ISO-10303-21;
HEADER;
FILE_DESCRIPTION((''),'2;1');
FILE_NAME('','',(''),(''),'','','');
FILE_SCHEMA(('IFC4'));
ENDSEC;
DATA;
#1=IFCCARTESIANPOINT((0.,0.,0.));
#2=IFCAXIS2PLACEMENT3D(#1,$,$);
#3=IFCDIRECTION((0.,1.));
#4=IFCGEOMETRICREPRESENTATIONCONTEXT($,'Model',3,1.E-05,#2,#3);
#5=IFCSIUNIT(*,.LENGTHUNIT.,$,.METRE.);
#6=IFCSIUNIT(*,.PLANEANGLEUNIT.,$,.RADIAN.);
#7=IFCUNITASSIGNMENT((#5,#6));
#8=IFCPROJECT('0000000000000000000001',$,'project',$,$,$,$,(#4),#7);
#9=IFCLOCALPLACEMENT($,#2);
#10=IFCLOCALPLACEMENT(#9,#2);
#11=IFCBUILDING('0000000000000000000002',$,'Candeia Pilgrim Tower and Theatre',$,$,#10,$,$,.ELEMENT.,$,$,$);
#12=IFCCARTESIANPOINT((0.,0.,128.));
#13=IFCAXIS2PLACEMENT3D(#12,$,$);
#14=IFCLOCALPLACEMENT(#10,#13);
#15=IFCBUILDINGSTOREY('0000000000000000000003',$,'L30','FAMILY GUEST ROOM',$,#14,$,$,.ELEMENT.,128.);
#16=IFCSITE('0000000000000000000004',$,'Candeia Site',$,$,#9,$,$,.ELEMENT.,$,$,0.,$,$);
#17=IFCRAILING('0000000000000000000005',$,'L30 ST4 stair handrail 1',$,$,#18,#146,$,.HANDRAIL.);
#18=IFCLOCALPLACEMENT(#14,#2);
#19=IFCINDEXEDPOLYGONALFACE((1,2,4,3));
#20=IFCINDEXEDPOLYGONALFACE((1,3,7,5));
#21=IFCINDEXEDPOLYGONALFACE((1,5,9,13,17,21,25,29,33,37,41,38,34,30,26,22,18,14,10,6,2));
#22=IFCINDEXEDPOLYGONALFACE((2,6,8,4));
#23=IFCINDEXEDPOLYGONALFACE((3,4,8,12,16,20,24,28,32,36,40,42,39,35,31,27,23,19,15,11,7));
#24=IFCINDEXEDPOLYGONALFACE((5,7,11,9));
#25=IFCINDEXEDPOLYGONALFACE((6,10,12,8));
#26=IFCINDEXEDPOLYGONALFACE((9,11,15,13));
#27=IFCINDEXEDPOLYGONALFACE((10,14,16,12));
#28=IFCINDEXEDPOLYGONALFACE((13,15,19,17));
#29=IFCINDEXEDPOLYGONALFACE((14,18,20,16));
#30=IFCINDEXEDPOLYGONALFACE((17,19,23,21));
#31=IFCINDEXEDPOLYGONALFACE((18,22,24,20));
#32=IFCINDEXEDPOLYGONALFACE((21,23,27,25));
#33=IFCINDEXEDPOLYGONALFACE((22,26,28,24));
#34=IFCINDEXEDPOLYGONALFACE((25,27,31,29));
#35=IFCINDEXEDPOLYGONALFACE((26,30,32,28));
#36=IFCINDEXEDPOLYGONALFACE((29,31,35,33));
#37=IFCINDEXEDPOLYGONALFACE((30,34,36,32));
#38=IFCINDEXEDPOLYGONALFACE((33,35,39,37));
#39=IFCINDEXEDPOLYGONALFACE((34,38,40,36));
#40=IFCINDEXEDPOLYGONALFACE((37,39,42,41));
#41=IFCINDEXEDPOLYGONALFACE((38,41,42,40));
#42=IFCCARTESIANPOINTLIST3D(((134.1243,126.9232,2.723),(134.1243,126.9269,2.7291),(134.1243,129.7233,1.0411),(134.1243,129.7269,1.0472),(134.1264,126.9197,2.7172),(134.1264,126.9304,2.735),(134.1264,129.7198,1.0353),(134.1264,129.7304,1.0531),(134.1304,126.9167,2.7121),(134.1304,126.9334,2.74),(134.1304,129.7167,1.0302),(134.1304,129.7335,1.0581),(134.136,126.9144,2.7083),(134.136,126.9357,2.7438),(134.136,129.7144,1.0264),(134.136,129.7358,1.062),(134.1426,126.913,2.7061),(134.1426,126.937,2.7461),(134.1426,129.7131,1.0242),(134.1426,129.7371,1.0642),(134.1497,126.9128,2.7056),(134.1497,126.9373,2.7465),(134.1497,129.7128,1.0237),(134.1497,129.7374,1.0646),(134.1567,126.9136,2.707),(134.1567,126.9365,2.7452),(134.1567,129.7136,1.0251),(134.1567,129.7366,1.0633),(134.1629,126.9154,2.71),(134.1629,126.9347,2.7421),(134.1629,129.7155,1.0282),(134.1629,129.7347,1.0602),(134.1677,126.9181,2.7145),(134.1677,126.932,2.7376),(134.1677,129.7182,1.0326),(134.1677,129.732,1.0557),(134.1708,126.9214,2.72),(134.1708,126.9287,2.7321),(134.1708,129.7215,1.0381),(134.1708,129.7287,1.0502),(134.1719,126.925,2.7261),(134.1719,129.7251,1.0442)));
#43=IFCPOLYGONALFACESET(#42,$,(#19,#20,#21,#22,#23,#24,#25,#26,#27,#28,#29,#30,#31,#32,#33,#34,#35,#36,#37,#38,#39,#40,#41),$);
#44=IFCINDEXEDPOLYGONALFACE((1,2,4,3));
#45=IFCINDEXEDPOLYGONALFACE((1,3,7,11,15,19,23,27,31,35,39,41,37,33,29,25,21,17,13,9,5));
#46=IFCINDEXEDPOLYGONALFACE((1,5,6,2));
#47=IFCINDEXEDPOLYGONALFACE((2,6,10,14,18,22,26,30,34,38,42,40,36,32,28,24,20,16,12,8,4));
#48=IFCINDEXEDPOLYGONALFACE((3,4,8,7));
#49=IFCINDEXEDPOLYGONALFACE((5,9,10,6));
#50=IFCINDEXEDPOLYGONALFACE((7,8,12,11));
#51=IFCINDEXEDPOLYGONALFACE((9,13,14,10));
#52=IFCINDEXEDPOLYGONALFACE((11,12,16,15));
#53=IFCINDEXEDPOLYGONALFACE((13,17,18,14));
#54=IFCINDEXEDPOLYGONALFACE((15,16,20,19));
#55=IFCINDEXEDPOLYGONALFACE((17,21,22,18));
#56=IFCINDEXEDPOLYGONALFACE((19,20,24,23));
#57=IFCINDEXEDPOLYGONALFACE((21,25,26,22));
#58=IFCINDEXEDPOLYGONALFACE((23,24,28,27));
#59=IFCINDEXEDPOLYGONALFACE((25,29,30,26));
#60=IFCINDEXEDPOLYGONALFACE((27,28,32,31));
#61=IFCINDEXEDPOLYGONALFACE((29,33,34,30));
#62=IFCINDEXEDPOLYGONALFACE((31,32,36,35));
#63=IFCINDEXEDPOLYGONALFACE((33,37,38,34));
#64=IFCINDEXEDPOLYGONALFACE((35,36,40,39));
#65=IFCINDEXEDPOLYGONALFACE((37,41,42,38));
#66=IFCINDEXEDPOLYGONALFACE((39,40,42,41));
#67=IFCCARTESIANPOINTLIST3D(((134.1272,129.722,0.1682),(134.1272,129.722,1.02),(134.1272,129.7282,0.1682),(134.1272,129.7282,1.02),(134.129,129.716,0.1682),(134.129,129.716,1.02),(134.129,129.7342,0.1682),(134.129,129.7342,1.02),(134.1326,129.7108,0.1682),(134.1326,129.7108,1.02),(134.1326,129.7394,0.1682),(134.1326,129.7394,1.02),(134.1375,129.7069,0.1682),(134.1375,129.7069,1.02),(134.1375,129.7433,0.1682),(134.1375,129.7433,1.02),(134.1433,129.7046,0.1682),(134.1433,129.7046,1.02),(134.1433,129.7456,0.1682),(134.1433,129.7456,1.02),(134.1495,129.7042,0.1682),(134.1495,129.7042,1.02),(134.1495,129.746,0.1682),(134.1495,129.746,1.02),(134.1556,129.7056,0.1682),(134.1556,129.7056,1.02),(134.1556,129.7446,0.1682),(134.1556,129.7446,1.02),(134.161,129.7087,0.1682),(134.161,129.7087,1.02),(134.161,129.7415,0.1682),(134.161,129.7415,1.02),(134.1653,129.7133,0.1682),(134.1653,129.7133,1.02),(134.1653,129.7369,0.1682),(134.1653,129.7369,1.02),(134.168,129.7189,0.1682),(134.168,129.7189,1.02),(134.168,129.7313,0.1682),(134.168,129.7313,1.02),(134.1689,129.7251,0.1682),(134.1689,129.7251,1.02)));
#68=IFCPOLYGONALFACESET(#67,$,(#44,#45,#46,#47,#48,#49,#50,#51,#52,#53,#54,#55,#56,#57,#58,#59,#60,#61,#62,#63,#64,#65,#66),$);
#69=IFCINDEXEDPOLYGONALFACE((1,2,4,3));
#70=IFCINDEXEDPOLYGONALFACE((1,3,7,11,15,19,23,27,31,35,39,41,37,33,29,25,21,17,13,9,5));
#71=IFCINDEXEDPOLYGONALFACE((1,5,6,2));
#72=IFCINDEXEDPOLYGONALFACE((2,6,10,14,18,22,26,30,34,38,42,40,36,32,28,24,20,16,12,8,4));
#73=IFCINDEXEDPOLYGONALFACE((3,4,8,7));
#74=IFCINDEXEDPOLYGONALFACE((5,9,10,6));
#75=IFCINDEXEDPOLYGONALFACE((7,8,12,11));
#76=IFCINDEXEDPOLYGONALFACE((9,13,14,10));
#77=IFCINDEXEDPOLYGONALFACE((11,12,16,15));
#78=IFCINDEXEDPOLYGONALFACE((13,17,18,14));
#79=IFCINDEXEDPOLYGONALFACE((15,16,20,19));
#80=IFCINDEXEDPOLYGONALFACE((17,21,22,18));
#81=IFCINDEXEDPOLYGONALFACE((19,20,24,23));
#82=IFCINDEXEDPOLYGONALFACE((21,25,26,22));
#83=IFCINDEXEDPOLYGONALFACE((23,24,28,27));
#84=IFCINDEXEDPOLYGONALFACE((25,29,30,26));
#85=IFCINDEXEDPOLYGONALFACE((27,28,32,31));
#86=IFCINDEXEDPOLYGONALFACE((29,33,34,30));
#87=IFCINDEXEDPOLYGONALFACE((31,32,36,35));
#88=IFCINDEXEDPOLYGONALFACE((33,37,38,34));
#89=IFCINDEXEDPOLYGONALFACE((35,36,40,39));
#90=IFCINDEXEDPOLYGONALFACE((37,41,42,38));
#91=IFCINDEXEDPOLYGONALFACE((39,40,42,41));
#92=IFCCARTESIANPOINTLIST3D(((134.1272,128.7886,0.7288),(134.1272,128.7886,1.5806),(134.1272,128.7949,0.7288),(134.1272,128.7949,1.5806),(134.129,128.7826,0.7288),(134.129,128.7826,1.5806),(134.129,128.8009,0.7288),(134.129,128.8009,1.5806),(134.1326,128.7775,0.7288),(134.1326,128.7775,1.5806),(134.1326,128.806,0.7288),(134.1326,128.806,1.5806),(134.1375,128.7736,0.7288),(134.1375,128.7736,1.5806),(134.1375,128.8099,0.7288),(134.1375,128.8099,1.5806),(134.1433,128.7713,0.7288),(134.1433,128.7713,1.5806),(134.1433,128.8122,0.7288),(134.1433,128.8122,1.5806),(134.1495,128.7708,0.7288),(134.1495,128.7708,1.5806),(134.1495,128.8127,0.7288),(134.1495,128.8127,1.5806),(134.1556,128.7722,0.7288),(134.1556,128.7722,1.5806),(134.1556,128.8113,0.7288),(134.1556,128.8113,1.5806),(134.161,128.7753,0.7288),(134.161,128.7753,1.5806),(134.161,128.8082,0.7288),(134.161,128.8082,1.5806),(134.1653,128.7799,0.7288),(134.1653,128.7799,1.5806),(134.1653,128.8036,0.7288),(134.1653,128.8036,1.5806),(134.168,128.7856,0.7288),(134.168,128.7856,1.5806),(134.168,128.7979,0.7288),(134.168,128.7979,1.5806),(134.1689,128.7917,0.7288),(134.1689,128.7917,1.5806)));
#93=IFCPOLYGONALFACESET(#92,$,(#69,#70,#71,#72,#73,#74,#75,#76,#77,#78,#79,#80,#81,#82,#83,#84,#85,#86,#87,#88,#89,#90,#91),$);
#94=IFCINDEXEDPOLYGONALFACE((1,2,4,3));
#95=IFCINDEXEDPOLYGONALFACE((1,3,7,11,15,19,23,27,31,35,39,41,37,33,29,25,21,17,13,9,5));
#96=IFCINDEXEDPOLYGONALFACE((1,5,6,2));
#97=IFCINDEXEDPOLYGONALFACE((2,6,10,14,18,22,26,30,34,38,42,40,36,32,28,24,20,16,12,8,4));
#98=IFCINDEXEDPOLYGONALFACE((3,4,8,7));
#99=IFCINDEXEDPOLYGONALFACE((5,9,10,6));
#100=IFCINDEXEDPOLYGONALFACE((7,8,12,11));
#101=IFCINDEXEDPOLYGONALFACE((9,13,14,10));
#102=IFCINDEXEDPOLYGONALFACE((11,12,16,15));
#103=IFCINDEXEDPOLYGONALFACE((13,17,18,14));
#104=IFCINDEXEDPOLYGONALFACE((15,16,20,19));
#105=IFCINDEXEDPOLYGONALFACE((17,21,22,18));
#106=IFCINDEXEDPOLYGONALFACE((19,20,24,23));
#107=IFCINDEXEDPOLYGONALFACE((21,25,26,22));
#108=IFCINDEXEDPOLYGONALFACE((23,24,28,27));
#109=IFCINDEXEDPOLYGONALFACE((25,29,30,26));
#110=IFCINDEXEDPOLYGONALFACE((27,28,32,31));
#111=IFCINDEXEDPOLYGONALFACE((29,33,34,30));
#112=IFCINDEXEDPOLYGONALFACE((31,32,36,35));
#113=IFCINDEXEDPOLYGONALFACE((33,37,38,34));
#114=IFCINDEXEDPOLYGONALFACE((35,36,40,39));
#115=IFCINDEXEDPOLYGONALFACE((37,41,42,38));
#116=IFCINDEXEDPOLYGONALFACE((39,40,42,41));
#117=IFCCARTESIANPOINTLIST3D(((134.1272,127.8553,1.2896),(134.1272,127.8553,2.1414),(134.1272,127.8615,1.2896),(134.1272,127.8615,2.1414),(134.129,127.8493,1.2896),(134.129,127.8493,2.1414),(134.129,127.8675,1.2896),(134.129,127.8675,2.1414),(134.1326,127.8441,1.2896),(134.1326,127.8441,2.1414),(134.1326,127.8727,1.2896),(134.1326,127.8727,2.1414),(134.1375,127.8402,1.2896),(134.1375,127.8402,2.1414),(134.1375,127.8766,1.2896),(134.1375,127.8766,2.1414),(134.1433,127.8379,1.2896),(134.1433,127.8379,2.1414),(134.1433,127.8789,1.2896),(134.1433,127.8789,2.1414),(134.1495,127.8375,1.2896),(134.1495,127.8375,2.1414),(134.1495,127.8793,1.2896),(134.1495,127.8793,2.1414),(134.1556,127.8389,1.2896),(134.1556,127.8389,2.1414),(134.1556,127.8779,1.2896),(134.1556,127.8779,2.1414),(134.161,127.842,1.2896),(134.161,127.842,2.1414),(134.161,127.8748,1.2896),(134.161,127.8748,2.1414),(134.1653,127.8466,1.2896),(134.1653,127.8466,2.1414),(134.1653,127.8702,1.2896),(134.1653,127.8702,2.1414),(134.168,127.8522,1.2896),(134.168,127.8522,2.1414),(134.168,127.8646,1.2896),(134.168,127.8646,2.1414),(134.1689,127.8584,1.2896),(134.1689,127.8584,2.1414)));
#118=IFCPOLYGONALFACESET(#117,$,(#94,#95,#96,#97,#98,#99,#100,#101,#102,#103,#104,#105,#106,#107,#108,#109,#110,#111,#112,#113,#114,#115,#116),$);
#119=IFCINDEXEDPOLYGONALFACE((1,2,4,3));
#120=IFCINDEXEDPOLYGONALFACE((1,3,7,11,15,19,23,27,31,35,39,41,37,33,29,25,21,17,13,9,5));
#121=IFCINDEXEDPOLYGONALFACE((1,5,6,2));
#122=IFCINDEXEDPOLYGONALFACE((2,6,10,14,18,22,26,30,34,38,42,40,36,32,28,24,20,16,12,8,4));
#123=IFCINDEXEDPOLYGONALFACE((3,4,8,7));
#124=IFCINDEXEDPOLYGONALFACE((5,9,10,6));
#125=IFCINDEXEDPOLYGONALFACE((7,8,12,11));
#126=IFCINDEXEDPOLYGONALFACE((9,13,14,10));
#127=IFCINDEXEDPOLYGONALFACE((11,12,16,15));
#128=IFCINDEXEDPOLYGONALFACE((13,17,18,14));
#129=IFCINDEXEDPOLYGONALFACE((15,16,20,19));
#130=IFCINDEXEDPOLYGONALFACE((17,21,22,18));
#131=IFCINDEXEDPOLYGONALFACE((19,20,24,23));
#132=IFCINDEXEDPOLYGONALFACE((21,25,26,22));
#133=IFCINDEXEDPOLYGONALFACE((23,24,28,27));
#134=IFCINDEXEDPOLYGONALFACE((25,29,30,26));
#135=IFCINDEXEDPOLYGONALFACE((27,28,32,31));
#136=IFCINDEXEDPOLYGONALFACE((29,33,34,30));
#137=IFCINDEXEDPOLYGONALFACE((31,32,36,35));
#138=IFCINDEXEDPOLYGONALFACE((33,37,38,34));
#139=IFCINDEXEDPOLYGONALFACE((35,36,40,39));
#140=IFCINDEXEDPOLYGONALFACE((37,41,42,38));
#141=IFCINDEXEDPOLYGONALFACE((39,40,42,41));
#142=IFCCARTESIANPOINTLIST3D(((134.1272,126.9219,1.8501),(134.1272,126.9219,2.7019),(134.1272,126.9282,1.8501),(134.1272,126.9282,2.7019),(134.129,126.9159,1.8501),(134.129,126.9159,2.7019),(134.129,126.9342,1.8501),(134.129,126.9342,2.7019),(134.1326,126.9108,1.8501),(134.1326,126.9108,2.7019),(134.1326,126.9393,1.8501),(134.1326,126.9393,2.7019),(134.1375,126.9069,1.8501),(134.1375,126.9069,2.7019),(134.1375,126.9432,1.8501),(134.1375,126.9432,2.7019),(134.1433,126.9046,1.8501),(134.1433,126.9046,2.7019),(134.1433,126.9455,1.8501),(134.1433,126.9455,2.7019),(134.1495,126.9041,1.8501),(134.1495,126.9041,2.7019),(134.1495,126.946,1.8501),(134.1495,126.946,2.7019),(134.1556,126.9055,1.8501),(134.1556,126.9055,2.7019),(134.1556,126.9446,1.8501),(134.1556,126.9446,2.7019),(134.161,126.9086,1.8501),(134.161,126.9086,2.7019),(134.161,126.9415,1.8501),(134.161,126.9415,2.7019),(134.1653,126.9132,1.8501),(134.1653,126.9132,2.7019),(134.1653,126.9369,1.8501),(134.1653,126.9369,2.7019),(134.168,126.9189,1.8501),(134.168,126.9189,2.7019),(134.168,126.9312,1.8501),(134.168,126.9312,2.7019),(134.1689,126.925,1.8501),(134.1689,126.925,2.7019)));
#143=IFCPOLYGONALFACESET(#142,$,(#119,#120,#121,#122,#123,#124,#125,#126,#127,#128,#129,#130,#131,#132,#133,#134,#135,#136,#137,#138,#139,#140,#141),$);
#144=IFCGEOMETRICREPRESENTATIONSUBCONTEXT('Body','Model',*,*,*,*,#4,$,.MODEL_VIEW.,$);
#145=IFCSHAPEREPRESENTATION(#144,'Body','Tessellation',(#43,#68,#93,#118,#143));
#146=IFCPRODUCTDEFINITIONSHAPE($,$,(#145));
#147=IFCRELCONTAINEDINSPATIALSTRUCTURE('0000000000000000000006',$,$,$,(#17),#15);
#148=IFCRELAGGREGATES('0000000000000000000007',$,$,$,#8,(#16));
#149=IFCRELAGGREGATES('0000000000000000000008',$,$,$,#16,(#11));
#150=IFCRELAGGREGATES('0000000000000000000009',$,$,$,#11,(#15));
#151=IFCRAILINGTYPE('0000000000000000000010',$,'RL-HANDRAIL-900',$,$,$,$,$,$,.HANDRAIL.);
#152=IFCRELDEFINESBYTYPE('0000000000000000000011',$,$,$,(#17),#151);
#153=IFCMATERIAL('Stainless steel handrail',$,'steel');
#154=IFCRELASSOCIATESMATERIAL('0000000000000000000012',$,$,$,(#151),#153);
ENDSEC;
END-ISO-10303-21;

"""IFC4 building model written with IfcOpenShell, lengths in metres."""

from ifc_helpers import new_model, si_unit, direction, frame, origin, origin_2d, place, context, subcontext, project, spatial, circle, extrude, material, type_object, element, save


model = new_model("IFC4")

# Units and contexts
model_context = context("Model", 3, precision=1e-05, world=origin(), true_north=direction((0.0, 1.0)))
body_context = subcontext(model_context, "Body", "Model", "MODEL_VIEW")
ifc_project = project(units=[si_unit("LENGTHUNIT", "METRE"), si_unit("PLANEANGLEUNIT", "RADIAN")], contexts=[model_context])

# Site, building, storey
site_placement = place(None, origin())
site = spatial("IfcSite", under=ifc_project, at=site_placement, Name="Candeia Site", CompositionType="ELEMENT", RefElevation=0.0)
building_placement = place(site_placement, origin())
building = spatial("IfcBuilding", under=site, at=building_placement, Name="Candeia Pilgrim Tower and Theatre", CompositionType="ELEMENT")
storey_placement = place(building_placement, frame((0.0, 0.0, 128.0)))
storey = spatial("IfcBuildingStorey", under=building, at=storey_placement, Name="L30", Description="FAMILY GUEST ROOM", CompositionType="ELEMENT", Elevation=128.0)

# Railing
ifc_material_1 = material(Name="Stainless steel handrail", Category="steel")
railing_type_1 = type_object("IfcRailingType", Name="RL-HANDRAIL-900", PredefinedType="HANDRAIL", material=ifc_material_1)
railing_1_placement = place(storey_placement, frame((134.1479, 129.7251, 0.1682)))
element("IfcRailing", 1, at=railing_1_placement, inside=storey, type_object=railing_type_1, Name="L30 ST4 stair handrail 1", PredefinedType="HANDRAIL", context=body_context, shape_type="SweptSolid", body=[
    extrude(circle(Radius=0.0239, at=origin_2d()), frame((0.0, 0.0, 0.876), z_axis=(0.0, -0.857242, 0.514913), x_axis=(1.0, 0.0, 0.0)), (0.0, 0.0, 1.0), 3.2664),
    extrude(circle(Radius=0.021, at=origin_2d()), origin(), (0.0, 0.0, 1.0), 0.8518),
    extrude(circle(Radius=0.021, at=origin_2d()), frame((0.0, -0.9333, 0.5605)), (0.0, 0.0, 1.0), 0.8518),
    extrude(circle(Radius=0.021, at=origin_2d()), frame((0.0, -1.8667, 1.1213)), (0.0, 0.0, 1.0), 0.8518),
    extrude(circle(Radius=0.021, at=origin_2d()), frame((0.0, -2.8, 1.6819)), (0.0, 0.0, 1.0), 0.8518),
])

save(model, "model.ifc")
